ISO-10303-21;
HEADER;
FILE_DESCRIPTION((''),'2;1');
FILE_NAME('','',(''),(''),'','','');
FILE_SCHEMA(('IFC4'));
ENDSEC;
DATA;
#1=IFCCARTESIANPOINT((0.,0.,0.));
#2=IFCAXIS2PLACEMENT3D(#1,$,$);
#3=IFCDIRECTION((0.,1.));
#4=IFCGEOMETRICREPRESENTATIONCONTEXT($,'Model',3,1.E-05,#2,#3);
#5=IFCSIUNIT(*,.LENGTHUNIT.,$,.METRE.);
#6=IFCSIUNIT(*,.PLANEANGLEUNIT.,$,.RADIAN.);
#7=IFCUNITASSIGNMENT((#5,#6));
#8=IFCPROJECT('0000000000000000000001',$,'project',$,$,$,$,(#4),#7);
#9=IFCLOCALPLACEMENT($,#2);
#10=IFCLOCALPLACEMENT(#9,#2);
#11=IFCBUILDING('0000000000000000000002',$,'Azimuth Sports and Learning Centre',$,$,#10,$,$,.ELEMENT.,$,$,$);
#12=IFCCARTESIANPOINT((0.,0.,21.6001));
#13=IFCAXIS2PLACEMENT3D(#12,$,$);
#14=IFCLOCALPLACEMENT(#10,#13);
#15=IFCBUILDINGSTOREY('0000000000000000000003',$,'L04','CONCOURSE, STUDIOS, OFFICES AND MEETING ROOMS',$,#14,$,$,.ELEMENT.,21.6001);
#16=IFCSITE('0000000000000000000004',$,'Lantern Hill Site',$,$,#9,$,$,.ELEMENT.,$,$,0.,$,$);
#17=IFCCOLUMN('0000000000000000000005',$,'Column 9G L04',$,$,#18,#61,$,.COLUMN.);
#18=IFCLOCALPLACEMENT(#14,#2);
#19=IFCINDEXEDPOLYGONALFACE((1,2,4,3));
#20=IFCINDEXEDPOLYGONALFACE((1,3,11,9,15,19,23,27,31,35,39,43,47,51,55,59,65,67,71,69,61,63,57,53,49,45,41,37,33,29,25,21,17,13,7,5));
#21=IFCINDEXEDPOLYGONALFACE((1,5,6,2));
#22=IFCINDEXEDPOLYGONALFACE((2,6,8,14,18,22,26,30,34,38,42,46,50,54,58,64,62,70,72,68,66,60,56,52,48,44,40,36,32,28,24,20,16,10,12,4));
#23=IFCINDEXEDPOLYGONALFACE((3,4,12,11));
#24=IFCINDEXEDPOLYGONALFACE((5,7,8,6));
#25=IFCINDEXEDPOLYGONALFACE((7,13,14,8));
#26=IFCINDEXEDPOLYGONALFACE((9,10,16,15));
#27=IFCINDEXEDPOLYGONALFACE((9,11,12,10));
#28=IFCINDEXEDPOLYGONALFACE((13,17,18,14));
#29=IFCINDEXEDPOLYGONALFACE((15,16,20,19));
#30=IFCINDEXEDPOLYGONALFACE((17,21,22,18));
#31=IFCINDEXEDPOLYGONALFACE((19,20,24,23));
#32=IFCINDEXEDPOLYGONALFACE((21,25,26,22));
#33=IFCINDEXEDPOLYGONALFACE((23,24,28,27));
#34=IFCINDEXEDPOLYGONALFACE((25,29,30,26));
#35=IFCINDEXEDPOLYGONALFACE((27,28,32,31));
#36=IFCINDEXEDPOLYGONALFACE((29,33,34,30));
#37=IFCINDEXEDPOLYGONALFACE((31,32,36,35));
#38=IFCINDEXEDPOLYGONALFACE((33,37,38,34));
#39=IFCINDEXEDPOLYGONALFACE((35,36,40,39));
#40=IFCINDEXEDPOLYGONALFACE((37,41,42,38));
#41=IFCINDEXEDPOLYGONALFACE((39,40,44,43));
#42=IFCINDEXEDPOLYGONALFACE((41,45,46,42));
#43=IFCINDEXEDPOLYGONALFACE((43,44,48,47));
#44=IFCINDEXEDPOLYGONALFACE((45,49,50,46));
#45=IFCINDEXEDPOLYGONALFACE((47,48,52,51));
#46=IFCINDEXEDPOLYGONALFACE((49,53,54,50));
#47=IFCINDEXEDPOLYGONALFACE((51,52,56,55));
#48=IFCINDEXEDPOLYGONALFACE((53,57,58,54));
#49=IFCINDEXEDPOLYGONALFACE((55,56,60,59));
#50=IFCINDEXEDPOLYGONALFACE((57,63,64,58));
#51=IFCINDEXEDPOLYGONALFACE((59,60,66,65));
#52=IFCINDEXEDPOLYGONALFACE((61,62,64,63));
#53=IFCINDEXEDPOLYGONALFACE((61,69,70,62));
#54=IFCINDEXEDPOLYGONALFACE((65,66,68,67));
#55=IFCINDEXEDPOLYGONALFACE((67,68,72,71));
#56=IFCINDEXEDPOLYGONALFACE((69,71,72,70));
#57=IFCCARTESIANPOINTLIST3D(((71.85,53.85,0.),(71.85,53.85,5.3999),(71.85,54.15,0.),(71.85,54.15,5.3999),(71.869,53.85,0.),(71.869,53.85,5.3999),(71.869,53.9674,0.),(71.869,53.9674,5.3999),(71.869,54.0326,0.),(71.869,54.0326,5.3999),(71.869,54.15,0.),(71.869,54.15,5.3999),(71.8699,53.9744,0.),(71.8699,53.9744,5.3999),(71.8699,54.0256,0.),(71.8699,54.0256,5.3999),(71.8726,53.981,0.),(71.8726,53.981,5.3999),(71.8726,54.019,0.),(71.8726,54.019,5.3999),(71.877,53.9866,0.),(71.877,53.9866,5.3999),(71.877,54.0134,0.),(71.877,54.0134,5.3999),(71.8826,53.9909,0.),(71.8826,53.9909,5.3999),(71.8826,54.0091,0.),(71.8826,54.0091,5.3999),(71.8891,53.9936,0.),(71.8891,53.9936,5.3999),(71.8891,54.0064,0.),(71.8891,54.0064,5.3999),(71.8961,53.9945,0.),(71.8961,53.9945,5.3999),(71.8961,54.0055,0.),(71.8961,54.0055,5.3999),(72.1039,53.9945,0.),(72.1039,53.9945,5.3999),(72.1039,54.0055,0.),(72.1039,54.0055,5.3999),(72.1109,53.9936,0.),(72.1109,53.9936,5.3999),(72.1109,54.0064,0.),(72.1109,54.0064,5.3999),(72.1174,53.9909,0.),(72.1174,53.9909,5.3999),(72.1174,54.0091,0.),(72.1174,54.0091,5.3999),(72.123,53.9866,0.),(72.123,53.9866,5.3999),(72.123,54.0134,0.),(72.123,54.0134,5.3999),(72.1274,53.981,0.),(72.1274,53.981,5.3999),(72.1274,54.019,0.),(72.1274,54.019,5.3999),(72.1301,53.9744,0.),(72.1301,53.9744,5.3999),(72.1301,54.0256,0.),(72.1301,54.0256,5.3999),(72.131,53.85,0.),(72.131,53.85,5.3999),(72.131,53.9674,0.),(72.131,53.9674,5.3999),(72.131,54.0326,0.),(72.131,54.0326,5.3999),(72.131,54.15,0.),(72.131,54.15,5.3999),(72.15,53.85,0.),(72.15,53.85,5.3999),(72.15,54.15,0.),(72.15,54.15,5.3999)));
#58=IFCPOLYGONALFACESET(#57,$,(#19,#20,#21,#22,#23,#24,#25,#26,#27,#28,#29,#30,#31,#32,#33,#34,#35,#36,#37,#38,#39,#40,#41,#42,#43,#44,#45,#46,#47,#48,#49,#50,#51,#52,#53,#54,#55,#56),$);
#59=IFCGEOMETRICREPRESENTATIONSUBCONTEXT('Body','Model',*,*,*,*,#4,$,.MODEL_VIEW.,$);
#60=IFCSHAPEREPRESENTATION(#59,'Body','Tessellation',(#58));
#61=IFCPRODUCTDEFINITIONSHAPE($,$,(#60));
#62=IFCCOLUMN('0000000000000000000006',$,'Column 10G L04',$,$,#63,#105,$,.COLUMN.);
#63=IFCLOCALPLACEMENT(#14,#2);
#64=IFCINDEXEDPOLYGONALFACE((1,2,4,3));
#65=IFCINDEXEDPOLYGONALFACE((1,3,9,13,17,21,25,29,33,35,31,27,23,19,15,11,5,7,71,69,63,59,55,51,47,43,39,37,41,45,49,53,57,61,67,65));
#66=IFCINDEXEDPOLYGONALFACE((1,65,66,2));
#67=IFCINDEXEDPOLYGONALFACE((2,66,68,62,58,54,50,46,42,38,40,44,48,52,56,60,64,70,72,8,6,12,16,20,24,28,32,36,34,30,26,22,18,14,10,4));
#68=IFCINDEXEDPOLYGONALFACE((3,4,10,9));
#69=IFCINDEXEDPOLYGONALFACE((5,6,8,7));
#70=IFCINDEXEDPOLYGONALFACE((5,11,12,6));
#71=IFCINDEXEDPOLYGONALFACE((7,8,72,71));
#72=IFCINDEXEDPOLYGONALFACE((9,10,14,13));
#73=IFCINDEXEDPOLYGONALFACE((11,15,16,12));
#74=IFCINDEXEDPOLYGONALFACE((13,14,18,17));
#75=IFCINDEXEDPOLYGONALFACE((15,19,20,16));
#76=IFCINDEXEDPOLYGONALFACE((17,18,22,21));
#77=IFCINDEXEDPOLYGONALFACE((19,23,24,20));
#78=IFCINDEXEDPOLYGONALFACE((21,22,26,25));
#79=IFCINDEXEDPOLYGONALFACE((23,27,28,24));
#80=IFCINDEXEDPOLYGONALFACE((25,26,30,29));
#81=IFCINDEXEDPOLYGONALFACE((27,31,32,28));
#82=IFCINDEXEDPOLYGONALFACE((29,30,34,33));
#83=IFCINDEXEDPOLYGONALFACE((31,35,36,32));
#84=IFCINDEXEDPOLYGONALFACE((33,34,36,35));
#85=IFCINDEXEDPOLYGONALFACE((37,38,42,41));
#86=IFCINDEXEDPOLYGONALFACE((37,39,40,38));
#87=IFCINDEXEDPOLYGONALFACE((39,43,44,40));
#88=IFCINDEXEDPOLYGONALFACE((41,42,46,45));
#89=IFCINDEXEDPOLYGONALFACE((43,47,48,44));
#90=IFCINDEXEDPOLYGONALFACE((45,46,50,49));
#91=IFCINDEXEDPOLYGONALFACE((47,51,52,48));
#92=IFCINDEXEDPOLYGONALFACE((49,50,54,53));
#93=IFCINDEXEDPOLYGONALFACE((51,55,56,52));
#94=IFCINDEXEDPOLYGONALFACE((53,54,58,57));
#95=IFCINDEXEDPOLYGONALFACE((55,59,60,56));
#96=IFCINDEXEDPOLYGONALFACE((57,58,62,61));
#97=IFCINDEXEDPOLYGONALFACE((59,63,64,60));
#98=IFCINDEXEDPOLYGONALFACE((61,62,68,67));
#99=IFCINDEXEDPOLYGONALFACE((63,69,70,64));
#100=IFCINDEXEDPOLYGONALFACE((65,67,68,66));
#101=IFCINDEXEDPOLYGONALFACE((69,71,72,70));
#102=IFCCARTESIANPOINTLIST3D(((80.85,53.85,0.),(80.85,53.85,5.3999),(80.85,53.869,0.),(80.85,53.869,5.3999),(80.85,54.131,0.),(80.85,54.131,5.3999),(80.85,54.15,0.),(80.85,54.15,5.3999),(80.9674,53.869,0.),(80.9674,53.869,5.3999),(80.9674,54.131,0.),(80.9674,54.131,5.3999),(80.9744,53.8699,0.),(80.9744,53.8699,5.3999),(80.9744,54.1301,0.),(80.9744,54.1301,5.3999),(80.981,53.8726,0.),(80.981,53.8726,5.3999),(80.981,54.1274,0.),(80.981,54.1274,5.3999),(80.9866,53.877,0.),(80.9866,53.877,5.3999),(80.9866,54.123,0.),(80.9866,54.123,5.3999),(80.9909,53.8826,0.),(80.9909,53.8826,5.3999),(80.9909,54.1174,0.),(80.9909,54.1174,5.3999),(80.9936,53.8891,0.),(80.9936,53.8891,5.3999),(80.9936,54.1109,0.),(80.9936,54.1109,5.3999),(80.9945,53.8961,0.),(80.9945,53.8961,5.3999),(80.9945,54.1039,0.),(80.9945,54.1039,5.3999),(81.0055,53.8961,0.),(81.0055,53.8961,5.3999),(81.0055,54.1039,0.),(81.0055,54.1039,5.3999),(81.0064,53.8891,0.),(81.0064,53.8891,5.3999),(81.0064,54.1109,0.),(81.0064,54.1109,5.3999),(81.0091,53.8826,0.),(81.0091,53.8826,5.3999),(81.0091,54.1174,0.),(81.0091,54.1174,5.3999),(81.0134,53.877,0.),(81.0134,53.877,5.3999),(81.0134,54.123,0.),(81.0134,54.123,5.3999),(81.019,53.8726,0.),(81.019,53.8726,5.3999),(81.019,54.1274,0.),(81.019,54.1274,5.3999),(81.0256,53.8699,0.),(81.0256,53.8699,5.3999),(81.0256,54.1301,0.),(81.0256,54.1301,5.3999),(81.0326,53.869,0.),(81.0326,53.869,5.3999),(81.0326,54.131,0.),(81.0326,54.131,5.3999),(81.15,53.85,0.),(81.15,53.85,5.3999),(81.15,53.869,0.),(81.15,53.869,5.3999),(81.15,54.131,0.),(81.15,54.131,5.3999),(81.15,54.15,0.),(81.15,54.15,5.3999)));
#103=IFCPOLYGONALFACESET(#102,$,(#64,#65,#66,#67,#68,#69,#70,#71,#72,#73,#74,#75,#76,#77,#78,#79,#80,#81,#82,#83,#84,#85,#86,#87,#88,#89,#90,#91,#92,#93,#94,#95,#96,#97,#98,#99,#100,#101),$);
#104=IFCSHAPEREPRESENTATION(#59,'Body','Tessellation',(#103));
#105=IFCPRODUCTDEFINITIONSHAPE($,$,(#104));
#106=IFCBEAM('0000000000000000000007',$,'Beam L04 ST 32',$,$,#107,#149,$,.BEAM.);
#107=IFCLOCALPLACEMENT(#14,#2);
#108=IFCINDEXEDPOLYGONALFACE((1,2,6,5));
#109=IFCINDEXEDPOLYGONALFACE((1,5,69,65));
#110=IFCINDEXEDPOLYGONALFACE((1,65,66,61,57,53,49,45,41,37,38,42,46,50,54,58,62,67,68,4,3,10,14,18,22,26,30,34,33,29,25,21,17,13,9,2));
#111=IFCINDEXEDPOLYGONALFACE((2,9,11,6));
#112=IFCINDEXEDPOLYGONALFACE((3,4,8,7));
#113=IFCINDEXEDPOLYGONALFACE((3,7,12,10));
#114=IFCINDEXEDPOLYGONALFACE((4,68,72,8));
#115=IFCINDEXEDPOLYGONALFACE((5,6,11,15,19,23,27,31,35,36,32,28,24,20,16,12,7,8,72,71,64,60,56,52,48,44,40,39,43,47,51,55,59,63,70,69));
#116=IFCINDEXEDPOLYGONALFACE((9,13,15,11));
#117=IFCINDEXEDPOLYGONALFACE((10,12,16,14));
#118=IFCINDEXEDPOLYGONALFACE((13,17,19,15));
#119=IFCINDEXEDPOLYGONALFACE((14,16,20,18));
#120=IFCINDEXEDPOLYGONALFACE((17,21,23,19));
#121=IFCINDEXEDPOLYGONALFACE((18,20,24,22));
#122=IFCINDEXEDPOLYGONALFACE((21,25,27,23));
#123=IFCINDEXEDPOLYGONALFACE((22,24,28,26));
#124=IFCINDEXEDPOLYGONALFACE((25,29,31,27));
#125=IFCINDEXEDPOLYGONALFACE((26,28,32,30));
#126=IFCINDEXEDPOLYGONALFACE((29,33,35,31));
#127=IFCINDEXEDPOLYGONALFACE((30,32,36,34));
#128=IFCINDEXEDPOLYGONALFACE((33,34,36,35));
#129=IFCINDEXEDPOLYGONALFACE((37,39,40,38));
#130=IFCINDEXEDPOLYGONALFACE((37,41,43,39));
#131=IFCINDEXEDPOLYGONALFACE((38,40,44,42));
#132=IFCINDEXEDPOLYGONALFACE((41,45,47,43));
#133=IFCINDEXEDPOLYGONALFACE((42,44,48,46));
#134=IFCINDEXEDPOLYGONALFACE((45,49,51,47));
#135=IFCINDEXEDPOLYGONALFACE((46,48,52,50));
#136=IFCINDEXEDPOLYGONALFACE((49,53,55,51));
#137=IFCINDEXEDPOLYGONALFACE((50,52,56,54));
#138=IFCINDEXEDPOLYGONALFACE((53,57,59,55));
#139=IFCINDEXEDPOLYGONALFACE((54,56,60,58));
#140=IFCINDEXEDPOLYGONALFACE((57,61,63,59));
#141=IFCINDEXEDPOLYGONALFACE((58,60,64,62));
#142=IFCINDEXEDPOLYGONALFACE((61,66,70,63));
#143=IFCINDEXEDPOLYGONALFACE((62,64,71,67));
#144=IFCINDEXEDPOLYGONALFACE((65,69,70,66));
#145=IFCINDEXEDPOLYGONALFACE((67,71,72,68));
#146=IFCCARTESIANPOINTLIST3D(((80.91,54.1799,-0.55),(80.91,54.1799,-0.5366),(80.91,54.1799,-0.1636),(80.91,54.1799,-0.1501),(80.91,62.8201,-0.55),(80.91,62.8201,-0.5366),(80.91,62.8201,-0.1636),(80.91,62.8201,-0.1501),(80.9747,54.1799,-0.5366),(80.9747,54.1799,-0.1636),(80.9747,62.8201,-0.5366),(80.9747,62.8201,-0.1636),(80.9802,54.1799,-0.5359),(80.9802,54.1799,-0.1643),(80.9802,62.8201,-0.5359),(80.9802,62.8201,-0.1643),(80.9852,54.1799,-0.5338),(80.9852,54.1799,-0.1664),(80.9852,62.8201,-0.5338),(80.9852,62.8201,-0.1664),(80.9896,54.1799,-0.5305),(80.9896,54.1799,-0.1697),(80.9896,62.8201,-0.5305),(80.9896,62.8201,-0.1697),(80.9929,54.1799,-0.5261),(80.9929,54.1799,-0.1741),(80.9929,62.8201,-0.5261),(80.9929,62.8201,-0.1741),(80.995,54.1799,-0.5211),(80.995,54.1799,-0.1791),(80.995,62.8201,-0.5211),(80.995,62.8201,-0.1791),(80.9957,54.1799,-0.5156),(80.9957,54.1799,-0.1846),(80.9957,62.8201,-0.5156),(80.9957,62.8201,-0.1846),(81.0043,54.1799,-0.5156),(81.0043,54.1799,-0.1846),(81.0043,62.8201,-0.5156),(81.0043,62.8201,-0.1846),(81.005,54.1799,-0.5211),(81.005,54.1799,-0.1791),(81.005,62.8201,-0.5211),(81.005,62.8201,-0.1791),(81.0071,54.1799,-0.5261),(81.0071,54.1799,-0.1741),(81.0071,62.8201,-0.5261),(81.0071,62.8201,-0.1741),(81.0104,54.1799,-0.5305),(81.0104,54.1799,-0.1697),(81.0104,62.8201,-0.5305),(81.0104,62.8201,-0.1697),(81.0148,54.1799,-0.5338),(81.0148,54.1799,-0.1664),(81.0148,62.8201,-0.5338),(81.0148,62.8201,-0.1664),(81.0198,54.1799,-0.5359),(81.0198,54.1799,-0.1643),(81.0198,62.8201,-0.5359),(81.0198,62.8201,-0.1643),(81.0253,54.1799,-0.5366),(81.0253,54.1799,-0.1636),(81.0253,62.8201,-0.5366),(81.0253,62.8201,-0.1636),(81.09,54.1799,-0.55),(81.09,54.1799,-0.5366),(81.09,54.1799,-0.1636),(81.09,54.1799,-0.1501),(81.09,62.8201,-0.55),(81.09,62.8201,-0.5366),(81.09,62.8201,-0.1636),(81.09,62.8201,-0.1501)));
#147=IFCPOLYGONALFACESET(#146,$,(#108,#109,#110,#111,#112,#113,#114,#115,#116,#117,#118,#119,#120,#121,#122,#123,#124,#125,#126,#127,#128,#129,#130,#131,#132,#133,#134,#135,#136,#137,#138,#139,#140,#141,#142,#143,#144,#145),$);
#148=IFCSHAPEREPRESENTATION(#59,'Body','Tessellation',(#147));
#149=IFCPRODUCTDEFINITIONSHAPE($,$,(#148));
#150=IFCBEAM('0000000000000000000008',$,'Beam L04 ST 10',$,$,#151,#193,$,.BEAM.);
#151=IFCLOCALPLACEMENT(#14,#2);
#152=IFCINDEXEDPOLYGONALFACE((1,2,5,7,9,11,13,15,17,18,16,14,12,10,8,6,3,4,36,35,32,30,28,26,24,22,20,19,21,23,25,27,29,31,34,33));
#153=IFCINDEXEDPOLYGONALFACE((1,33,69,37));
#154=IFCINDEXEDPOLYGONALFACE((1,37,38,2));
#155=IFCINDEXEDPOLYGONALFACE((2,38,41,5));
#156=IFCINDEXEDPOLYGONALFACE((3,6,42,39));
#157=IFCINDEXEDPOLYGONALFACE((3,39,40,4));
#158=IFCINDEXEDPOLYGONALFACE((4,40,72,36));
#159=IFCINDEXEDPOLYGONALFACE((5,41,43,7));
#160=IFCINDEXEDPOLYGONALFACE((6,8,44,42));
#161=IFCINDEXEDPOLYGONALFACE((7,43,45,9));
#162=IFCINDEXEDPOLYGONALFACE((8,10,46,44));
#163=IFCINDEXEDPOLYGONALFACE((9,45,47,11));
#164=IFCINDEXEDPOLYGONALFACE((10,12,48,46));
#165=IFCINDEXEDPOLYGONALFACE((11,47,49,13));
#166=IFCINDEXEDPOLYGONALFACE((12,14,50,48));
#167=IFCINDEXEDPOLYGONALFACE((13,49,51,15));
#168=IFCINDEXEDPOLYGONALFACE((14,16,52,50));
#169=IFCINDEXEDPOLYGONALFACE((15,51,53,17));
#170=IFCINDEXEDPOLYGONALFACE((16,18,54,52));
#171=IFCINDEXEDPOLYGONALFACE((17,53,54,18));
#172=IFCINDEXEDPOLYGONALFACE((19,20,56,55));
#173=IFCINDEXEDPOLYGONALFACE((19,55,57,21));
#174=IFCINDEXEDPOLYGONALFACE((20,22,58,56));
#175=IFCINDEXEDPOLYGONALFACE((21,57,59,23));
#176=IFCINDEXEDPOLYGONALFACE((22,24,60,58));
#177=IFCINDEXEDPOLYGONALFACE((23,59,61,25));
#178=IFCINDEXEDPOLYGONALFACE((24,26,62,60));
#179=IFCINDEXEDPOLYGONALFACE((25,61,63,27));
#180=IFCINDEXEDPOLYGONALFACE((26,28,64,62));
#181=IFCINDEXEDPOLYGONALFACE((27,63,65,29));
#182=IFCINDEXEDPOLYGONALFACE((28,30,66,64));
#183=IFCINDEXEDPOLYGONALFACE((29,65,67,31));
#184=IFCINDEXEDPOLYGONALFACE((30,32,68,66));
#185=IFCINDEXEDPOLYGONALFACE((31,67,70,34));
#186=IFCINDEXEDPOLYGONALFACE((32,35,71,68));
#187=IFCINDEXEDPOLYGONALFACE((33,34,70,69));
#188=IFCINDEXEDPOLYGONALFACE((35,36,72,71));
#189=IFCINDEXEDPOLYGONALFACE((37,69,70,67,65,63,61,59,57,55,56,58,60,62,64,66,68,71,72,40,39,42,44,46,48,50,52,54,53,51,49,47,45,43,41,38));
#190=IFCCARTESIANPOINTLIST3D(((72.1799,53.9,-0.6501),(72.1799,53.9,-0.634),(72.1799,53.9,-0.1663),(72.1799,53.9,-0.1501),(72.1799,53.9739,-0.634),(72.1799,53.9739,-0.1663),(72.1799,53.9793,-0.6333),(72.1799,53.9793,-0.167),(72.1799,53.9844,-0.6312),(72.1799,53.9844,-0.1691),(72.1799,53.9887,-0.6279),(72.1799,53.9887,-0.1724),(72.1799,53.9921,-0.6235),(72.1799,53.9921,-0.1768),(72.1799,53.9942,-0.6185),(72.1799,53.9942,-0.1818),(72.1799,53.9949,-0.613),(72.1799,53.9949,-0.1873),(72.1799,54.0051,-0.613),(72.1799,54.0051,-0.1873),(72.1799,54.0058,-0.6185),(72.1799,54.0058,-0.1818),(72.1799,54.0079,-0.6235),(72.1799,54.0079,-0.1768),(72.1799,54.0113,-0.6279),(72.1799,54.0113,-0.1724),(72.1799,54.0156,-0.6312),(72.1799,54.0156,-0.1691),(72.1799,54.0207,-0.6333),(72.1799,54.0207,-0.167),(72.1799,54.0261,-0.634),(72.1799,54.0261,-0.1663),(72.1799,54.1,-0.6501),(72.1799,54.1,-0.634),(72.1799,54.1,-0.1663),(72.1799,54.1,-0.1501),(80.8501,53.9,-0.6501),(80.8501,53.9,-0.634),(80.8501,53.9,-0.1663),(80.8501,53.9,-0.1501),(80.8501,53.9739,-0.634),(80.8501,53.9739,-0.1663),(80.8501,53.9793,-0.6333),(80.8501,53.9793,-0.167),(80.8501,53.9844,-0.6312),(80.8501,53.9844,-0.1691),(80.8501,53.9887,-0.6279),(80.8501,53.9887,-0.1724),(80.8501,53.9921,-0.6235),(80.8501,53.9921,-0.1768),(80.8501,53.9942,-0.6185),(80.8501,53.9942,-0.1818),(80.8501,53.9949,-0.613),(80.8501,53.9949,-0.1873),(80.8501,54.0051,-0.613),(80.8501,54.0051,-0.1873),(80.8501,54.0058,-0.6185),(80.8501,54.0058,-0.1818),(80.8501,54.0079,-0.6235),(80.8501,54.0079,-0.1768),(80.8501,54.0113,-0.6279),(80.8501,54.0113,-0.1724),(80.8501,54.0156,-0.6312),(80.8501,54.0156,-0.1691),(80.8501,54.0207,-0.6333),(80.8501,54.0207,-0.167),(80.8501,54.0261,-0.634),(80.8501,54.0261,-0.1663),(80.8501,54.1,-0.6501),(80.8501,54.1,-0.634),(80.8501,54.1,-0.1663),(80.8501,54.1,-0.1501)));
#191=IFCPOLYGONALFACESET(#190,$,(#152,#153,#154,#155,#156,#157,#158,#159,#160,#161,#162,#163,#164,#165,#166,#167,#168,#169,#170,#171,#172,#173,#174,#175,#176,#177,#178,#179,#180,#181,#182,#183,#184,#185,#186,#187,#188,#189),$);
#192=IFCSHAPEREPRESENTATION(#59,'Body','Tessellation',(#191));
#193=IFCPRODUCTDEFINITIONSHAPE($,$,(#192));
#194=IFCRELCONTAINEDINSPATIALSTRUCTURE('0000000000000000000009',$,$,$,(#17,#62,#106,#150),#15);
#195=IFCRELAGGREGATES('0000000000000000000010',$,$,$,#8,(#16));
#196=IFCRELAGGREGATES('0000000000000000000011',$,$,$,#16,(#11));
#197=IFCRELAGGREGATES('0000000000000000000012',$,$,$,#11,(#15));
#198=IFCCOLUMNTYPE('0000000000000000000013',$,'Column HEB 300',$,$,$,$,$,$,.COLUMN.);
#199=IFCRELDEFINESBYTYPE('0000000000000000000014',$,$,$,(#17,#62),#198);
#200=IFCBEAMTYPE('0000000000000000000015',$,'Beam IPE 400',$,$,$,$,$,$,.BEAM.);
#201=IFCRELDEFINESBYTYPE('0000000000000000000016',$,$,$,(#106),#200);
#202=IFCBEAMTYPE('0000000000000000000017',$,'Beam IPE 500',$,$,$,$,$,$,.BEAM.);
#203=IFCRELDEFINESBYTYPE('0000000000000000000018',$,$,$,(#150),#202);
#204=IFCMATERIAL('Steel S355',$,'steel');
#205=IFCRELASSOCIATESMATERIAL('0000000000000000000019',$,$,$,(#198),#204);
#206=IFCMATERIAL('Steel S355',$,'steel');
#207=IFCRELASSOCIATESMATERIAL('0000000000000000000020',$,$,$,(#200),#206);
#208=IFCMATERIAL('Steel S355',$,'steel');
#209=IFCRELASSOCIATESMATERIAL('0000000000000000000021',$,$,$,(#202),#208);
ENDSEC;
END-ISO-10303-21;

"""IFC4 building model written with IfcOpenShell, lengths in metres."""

from ifc_helpers import new_model, si_unit, direction, frame, origin, origin_2d, place, context, subcontext, project, spatial, i_section, extrude, material, material_profile, profile_set, type_object, element, save


model = new_model("IFC4")

# Units and contexts
model_context = context("Model", 3, precision=1e-05, world=origin(), true_north=direction((0.0, 1.0)))
body_context = subcontext(model_context, "Body", "Model", "MODEL_VIEW")
ifc_project = project(units=[si_unit("LENGTHUNIT", "METRE"), si_unit("PLANEANGLEUNIT", "RADIAN")], contexts=[model_context])

# Site, building, storey
site_placement = place(None, origin())
site = spatial("IfcSite", under=ifc_project, at=site_placement, Name="Lantern Hill Site", CompositionType="ELEMENT", RefElevation=0.0)
building_placement = place(site_placement, origin())
building = spatial("IfcBuilding", under=site, at=building_placement, Name="Azimuth Sports and Learning Centre", CompositionType="ELEMENT")
storey_placement = place(building_placement, frame((0.0, 0.0, 21.6001)))
storey = spatial("IfcBuildingStorey", under=building, at=storey_placement, Name="L04", Description="CONCOURSE, STUDIOS, OFFICES AND MEETING ROOMS", CompositionType="ELEMENT", Elevation=21.6001)

# Columns
ifc_material_1 = material(Name="Steel S355", Category="steel")
ifc_material_profile_1 = material_profile(ifc_material_1, i_section(OverallWidth=0.3, OverallDepth=0.3, WebThickness=0.011, FlangeThickness=0.019, FilletRadius=0.0271, at=origin_2d()), Name="HEB 300")
ifc_profile_set_1 = profile_set([ifc_material_profile_1], Name="Steel S355")
column_type = type_object("IfcColumnType", Name="Column HEB 300", PredefinedType="COLUMN", material=ifc_profile_set_1)
for number, where, z_axis, x_axis, name in (
    (1, (72.0, 54.0, 0.0), (0.0, 0.0, 1.0), (0.0, 1.0, 0.0), "Column 9G L04"),
    (2, (81.0, 54.0, 0.0), (0.0, 0.0, 1.0), (1.0, 0.0, 0.0), "Column 10G L04"),
):
    element("IfcColumn", number, at=place(storey_placement, frame(where, z_axis=z_axis, x_axis=x_axis)), inside=storey, type_object=column_type, Name=name, PredefinedType="COLUMN", context=body_context, shape_type="SweptSolid", body=[
        extrude(i_section(OverallWidth=0.3, OverallDepth=0.3, WebThickness=0.011, FlangeThickness=0.019, FilletRadius=0.0271, at=origin_2d()), origin(), (0.0, 0.0, 1.0), 5.3999),
    ])

# Beams
ifc_material_2 = material(Name="Steel S355", Category="steel")
ifc_material_profile_2 = material_profile(ifc_material_2, i_section(OverallWidth=0.1799, OverallDepth=0.3999, WebThickness=0.0085, FlangeThickness=0.0134, FilletRadius=0.021, at=origin_2d()), Name="IPE 400")
ifc_profile_set_2 = profile_set([ifc_material_profile_2], Name="Steel S355")
beam_type_1 = type_object("IfcBeamType", Name="Beam IPE 400", PredefinedType="BEAM", material=ifc_profile_set_2)
beam_1_placement = place(storey_placement, frame((81.0, 54.1799, -0.3501), z_axis=(0.0, 1.0, 0.0), x_axis=(-1.0, 0.0, 0.0)))
element("IfcBeam", 3, at=beam_1_placement, inside=storey, type_object=beam_type_1, Name="Beam L04 ST 32", PredefinedType="BEAM", context=body_context, shape_type="SweptSolid", body=[
    extrude(i_section(OverallWidth=0.1799, OverallDepth=0.3999, WebThickness=0.0085, FlangeThickness=0.0134, FilletRadius=0.021, at=origin_2d()), origin(), (0.0, 0.0, 1.0), 8.6401),
])
ifc_material_3 = material(Name="Steel S355", Category="steel")
ifc_material_profile_3 = material_profile(ifc_material_3, i_section(OverallWidth=0.2, OverallDepth=0.5, WebThickness=0.0103, FlangeThickness=0.0161, FilletRadius=0.021, at=origin_2d()), Name="IPE 500")
ifc_profile_set_3 = profile_set([ifc_material_profile_3], Name="Steel S355")
beam_type_2 = type_object("IfcBeamType", Name="Beam IPE 500", PredefinedType="BEAM", material=ifc_profile_set_3)
beam_2_placement = place(storey_placement, frame((72.1799, 54.0, -0.4001), z_axis=(1.0, 0.0, 0.0), x_axis=(0.0, 1.0, 0.0)))
element("IfcBeam", 4, at=beam_2_placement, inside=storey, type_object=beam_type_2, Name="Beam L04 ST 10", PredefinedType="BEAM", context=body_context, shape_type="SweptSolid", body=[
    extrude(i_section(OverallWidth=0.2, OverallDepth=0.5, WebThickness=0.0103, FlangeThickness=0.0161, FilletRadius=0.021, at=origin_2d()), origin(), (0.0, 0.0, 1.0), 8.6702),
])

save(model, "model.ifc")
